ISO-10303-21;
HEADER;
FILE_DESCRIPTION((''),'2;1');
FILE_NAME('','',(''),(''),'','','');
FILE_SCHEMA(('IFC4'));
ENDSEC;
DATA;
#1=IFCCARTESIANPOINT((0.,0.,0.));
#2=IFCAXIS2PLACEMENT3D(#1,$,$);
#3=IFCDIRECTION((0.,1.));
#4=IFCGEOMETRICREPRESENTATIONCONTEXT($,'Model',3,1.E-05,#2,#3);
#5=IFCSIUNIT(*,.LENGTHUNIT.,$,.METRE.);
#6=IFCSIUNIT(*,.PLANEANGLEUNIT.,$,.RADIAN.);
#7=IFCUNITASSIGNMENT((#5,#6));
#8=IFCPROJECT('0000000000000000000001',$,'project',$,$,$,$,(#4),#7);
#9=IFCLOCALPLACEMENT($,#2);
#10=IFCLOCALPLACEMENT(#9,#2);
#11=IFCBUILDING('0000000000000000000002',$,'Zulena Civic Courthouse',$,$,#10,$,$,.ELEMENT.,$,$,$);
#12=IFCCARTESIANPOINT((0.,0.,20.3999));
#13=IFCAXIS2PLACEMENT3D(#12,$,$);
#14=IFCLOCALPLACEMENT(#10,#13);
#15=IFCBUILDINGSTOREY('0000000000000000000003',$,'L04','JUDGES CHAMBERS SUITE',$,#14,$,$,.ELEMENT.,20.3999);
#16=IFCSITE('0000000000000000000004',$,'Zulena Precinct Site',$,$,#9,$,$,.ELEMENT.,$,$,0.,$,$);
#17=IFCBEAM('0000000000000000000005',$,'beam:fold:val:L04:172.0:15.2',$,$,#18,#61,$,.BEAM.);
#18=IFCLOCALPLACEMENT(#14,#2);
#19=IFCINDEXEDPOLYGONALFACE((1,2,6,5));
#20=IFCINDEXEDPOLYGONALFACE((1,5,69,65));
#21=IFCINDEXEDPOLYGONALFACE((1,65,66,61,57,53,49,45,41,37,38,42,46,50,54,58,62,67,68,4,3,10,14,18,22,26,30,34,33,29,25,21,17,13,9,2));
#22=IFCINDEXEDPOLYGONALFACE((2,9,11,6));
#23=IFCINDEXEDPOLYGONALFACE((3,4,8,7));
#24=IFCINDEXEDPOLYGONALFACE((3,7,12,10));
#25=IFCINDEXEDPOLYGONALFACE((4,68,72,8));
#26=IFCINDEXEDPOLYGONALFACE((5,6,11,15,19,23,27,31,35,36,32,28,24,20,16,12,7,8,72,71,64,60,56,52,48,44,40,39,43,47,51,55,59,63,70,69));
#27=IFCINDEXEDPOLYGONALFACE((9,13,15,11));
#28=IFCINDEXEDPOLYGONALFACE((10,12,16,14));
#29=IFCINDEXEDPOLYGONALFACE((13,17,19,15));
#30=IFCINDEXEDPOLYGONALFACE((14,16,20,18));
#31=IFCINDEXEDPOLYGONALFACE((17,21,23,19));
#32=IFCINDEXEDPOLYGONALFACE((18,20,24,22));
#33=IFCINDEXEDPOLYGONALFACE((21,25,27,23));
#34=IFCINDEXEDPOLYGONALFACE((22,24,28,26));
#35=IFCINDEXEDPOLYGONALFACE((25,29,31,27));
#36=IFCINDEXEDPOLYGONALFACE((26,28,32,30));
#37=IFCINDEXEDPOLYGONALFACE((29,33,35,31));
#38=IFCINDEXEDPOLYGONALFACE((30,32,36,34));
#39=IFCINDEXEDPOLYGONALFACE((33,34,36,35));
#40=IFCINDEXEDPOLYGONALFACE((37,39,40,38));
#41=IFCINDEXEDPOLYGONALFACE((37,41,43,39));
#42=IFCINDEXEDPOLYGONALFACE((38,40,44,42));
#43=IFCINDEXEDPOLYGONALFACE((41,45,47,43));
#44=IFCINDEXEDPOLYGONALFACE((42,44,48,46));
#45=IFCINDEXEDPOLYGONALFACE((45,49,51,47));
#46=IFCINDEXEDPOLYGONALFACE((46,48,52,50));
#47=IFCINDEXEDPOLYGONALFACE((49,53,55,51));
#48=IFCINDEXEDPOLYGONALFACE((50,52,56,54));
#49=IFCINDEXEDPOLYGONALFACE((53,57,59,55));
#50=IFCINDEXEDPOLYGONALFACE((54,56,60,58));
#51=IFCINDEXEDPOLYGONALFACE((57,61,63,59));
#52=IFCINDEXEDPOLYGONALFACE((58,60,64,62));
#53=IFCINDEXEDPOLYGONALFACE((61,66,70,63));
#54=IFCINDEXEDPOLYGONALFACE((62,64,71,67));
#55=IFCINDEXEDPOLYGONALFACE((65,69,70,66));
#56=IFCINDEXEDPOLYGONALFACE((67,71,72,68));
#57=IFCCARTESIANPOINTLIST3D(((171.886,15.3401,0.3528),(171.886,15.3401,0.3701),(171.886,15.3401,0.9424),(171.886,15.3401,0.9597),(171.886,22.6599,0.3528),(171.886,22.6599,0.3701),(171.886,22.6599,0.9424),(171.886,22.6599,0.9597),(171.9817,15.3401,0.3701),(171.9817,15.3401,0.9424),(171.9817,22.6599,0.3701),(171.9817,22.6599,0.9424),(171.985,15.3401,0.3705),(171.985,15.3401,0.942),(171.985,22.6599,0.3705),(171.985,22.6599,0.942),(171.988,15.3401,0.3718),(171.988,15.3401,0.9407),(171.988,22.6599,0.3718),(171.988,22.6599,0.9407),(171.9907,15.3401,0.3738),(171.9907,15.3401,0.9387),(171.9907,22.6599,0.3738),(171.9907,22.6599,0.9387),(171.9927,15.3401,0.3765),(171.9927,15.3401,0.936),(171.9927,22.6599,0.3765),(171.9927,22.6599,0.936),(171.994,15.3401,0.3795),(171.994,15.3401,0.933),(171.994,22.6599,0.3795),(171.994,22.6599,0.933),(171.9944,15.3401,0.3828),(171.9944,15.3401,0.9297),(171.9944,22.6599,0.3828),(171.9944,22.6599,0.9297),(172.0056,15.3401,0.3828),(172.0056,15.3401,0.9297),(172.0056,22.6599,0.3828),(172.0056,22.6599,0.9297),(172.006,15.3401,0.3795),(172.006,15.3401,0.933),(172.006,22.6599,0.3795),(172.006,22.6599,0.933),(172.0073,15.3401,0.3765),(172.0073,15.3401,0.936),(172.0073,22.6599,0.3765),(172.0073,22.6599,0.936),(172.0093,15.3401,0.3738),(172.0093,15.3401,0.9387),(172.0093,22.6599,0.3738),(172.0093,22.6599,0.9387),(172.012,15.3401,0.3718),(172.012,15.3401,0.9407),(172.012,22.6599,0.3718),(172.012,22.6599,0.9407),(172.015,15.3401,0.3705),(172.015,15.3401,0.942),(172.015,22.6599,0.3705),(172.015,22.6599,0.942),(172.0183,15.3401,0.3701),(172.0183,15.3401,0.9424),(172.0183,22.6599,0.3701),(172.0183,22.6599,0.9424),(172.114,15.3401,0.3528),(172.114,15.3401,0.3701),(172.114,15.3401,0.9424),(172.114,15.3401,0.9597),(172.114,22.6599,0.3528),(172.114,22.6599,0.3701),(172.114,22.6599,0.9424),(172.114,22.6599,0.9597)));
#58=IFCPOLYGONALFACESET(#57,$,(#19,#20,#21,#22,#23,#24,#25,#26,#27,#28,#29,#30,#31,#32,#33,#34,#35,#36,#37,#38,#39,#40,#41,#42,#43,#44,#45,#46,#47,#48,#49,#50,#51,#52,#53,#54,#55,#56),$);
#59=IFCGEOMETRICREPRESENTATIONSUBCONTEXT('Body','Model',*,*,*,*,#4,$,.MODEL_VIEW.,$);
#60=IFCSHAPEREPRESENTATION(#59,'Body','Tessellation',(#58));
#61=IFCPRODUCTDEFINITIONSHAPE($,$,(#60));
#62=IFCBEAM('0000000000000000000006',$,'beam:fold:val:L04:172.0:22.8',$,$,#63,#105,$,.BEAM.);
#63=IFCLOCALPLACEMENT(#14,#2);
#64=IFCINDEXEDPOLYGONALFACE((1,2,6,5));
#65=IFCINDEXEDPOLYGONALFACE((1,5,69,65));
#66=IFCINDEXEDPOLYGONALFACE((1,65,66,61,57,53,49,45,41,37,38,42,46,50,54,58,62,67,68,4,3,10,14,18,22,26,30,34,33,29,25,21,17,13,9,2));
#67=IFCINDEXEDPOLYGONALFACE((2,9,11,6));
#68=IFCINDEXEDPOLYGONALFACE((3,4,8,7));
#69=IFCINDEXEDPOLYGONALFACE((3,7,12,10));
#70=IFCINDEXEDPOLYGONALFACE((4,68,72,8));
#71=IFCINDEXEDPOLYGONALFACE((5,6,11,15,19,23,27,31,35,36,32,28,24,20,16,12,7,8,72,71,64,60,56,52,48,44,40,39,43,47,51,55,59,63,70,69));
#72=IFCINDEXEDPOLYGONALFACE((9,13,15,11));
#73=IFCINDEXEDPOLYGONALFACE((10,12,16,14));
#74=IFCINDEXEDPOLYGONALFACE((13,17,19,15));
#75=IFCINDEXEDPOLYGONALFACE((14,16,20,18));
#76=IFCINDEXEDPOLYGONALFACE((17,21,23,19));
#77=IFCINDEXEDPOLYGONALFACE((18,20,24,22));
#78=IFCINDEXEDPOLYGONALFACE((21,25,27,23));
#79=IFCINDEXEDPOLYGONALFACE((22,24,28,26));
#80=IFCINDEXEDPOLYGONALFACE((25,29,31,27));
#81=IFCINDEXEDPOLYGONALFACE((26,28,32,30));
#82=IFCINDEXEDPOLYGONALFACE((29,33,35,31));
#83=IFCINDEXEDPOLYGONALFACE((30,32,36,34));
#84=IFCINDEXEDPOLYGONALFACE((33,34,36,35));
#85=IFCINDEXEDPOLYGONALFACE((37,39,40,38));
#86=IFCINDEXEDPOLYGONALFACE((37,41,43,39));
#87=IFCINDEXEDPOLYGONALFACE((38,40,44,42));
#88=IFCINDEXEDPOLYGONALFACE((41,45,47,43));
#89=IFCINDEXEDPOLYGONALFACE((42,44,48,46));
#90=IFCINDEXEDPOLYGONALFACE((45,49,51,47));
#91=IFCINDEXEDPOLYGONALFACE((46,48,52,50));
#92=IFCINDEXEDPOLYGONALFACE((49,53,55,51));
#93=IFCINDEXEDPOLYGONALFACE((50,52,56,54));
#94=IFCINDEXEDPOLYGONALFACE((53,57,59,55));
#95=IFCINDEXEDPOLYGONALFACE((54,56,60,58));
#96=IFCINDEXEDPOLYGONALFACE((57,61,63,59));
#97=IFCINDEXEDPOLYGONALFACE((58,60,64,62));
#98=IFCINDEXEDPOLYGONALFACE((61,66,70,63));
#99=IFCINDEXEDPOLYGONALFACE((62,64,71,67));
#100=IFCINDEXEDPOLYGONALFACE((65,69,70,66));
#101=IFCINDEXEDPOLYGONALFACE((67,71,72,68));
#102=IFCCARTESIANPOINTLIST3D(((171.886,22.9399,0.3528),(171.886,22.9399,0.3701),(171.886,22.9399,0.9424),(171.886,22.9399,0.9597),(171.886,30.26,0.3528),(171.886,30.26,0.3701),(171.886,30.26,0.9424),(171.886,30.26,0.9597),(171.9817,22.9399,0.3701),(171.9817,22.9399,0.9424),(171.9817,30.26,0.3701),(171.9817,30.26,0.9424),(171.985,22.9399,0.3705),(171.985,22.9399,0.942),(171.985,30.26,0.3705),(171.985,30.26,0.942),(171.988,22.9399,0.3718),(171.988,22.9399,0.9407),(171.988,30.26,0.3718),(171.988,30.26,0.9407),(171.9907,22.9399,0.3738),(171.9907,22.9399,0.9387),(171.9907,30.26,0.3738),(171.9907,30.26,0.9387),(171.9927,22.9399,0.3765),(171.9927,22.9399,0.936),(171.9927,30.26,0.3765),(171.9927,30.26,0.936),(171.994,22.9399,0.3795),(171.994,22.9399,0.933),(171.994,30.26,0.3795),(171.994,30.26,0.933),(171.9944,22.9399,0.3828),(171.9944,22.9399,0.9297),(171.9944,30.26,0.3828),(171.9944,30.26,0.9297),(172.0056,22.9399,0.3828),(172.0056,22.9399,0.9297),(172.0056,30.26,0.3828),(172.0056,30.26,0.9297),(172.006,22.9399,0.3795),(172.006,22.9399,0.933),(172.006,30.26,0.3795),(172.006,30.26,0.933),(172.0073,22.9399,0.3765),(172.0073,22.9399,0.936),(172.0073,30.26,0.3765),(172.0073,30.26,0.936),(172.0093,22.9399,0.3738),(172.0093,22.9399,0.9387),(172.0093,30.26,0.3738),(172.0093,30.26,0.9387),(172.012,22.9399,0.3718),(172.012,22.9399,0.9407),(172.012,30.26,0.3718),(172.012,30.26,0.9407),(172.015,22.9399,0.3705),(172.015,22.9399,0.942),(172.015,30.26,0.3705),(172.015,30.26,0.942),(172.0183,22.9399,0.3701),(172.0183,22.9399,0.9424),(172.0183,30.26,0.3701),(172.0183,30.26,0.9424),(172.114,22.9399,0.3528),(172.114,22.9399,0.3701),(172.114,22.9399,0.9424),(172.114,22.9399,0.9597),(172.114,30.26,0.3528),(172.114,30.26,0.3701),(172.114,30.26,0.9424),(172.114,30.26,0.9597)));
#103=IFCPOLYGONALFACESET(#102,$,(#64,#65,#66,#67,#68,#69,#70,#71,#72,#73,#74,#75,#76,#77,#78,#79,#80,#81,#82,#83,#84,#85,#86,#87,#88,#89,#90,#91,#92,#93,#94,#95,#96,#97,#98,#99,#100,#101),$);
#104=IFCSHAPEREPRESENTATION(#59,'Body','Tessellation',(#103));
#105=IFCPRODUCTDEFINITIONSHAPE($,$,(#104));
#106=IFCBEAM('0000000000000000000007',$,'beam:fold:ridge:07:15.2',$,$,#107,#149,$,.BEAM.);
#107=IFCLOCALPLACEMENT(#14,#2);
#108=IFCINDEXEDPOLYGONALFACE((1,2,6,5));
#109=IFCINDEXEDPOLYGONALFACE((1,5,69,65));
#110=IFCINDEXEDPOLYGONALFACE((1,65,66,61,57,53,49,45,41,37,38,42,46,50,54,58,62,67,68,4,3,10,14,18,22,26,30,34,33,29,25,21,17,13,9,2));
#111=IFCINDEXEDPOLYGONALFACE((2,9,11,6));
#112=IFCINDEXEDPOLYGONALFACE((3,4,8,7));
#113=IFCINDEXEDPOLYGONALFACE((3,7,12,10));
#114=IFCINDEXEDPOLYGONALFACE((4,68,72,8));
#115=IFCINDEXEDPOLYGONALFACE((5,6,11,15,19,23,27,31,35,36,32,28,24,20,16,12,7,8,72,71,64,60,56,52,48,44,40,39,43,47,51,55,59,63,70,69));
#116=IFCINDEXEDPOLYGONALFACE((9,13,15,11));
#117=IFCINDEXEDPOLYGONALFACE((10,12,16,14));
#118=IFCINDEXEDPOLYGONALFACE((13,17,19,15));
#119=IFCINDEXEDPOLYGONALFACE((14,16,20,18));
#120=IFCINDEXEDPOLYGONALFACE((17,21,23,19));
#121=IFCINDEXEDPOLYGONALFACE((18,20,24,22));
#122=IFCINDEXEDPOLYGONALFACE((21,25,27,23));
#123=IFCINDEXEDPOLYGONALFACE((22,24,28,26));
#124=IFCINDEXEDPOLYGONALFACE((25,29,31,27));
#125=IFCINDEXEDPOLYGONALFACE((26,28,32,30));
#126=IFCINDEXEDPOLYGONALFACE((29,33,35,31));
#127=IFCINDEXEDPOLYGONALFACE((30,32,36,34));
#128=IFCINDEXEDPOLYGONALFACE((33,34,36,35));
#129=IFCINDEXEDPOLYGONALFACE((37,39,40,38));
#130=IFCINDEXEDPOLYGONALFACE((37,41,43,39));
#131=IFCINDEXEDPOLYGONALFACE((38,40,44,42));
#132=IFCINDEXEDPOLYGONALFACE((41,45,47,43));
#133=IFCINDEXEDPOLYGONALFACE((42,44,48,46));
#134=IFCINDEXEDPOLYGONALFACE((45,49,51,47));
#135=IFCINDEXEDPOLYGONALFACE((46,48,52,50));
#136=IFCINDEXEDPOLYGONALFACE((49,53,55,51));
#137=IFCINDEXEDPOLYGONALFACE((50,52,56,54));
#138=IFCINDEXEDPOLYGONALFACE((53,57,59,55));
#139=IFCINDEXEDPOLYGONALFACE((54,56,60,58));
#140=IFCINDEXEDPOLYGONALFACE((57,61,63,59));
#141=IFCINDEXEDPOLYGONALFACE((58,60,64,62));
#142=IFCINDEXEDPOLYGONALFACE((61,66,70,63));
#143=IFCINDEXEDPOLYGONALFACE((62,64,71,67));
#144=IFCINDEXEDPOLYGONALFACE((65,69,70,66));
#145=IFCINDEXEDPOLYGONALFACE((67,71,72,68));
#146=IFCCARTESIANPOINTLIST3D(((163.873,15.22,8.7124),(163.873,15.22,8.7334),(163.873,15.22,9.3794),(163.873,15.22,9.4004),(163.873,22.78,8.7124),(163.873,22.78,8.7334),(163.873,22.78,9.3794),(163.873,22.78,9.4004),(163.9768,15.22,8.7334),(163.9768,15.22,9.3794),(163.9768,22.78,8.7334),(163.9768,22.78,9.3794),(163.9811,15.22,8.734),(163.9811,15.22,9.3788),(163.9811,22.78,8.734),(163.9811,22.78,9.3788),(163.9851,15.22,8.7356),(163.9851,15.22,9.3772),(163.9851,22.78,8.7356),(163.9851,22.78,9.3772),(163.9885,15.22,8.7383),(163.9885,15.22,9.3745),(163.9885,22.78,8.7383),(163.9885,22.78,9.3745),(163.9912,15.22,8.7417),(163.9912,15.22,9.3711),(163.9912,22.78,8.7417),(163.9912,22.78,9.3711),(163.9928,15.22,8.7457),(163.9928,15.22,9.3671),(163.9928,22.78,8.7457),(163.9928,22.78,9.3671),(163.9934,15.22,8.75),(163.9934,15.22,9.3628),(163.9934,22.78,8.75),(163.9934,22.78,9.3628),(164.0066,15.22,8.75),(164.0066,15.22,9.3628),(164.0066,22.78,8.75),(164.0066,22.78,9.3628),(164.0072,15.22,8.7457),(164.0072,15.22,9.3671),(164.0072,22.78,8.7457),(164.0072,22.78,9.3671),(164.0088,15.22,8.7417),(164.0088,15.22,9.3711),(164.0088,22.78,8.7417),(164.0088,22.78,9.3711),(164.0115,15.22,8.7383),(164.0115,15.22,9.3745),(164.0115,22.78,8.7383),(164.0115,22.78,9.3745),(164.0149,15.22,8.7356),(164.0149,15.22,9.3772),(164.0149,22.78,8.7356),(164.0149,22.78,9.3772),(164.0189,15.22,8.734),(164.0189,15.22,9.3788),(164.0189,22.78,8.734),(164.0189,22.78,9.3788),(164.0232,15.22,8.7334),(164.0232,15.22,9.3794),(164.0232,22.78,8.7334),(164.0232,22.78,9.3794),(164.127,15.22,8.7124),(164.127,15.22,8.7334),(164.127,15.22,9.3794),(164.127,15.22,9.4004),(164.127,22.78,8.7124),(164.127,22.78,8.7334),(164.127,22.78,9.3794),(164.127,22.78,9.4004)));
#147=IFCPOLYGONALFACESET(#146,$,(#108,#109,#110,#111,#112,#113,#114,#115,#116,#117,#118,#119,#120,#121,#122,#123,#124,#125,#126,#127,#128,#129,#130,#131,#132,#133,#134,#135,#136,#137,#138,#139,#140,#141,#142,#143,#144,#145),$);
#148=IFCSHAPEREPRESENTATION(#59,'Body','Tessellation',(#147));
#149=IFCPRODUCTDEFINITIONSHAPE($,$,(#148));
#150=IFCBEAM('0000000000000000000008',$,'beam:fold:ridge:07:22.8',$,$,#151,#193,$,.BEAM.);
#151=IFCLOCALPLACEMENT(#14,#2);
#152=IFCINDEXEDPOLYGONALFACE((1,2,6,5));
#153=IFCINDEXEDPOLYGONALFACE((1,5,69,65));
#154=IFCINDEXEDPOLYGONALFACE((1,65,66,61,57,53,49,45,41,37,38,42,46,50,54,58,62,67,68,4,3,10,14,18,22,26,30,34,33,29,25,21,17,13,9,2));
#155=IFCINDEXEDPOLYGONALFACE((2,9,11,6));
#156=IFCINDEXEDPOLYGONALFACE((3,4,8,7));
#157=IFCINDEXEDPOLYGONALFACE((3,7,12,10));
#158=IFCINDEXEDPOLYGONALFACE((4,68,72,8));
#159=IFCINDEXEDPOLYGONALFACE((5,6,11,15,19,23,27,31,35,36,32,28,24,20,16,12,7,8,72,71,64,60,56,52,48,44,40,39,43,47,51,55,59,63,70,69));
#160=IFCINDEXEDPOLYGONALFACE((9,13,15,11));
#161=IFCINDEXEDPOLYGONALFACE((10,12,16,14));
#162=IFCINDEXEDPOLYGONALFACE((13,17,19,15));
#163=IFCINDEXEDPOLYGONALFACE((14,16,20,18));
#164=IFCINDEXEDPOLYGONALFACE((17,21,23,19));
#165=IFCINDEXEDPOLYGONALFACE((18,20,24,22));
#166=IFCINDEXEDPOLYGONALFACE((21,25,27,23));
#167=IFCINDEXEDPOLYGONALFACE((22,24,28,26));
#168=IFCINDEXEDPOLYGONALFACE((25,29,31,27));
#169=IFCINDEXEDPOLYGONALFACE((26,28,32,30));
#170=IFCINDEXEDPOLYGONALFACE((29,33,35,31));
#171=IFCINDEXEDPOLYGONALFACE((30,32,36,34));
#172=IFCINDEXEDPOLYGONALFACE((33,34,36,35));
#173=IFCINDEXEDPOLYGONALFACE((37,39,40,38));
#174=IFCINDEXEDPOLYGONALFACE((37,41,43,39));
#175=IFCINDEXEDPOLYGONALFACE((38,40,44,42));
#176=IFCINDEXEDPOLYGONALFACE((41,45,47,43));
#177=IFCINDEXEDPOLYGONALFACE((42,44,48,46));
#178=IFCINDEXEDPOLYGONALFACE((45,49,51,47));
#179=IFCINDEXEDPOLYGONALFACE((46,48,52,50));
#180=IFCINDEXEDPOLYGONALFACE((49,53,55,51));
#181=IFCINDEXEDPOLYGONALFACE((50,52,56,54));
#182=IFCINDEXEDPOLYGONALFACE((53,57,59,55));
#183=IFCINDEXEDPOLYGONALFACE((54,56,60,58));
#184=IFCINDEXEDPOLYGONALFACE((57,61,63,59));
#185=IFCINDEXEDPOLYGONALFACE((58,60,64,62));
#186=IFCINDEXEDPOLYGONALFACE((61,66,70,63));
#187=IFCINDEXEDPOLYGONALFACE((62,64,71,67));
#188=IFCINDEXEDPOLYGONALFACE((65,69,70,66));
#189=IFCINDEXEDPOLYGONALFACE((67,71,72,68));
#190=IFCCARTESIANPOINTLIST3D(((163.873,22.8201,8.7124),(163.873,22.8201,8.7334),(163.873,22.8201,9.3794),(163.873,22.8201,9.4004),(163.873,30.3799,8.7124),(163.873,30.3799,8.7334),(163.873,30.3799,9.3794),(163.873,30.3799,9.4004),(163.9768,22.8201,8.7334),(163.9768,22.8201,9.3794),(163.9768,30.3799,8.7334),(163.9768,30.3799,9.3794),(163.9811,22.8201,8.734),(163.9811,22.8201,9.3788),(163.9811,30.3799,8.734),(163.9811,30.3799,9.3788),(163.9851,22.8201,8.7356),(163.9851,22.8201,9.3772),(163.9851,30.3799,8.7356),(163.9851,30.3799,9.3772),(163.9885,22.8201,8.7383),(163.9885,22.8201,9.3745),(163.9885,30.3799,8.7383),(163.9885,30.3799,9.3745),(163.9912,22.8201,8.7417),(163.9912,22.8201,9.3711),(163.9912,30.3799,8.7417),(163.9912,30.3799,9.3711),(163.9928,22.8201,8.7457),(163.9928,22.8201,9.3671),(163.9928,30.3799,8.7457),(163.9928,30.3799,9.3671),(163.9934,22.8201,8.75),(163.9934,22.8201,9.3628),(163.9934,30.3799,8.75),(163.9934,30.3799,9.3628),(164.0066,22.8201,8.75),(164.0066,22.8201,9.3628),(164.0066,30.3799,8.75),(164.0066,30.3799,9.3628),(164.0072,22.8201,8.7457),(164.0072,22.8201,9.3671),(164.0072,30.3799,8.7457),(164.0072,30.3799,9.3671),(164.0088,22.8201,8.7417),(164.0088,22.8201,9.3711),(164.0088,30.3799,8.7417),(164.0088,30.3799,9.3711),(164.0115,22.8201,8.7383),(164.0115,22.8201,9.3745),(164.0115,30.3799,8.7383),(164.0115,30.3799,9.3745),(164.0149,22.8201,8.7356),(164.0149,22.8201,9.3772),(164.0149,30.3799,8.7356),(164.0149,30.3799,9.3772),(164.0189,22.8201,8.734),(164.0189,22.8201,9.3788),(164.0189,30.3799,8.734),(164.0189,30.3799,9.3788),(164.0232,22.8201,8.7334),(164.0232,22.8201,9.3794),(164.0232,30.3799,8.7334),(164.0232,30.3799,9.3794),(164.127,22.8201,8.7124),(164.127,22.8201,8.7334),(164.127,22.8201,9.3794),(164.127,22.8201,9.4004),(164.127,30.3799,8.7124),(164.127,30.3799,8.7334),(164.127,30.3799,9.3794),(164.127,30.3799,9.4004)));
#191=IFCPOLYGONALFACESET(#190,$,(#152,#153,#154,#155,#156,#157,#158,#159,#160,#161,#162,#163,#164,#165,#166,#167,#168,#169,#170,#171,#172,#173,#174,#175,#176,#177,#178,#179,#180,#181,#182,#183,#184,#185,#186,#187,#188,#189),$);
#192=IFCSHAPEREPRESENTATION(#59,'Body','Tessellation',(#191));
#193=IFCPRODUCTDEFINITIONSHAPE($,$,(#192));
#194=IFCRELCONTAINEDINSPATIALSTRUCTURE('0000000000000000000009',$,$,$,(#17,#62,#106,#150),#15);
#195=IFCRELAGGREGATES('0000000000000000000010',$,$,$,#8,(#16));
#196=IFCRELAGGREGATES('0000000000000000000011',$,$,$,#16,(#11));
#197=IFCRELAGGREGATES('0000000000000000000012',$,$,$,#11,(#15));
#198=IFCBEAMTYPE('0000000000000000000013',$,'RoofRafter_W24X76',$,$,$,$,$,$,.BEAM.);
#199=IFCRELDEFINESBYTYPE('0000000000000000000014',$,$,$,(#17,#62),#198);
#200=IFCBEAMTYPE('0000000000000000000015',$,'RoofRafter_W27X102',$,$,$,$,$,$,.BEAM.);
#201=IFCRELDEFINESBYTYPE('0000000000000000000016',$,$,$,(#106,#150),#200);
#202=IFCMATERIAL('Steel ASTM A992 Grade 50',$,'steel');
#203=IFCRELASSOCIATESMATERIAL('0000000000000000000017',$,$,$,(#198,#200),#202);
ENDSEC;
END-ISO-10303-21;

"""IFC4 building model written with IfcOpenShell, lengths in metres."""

from ifc_helpers import new_model, si_unit, direction, frame, origin, origin_2d, place, context, subcontext, project, spatial, i_section, extrude, material, material_profile, profile_set, type_object, element, save


model = new_model("IFC4")

# Units and contexts
model_context = context("Model", 3, precision=1e-05, world=origin(), true_north=direction((0.0, 1.0)))
body_context = subcontext(model_context, "Body", "Model", "MODEL_VIEW")
ifc_project = project(units=[si_unit("LENGTHUNIT", "METRE"), si_unit("PLANEANGLEUNIT", "RADIAN")], contexts=[model_context])

# Site, building, storey
site_placement = place(None, origin())
site = spatial("IfcSite", under=ifc_project, at=site_placement, Name="Zulena Precinct Site", CompositionType="ELEMENT", RefElevation=0.0)
building_placement = place(site_placement, origin())
building = spatial("IfcBuilding", under=site, at=building_placement, Name="Zulena Civic Courthouse", CompositionType="ELEMENT")
storey_placement = place(building_placement, frame((0.0, 0.0, 20.3999)))
storey = spatial("IfcBuildingStorey", under=building, at=storey_placement, Name="L04", Description="JUDGES CHAMBERS SUITE", CompositionType="ELEMENT", Elevation=20.3999)

# Shared definitions
ifc_material_1 = material(Name="Steel ASTM A992 Grade 50", Category="steel")

# Beams
ifc_material_profile_1 = material_profile(ifc_material_1, i_section(OverallWidth=0.228, OverallDepth=0.6069, WebThickness=0.0112, FlangeThickness=0.0173, FilletRadius=0.0127, at=origin_2d()), Name="W24X76")
ifc_profile_set_1 = profile_set([ifc_material_profile_1], Name="Steel ASTM A992 Grade 50")
beam_type_1 = type_object("IfcBeamType", Name="RoofRafter_W24X76", PredefinedType="BEAM", material=ifc_profile_set_1)
beam_1_placement = place(storey_placement, frame((172.0, 15.3401, 0.6562), z_axis=(0.0, 1.0, 0.0), x_axis=(-1.0, 0.0, 0.0)))
element("IfcBeam", 1, at=beam_1_placement, inside=storey, type_object=beam_type_1, Name="beam:fold:val:L04:172.0:15.2", PredefinedType="BEAM", context=body_context, shape_type="SweptSolid", body=[
    extrude(i_section(OverallWidth=0.228, OverallDepth=0.6069, WebThickness=0.0112, FlangeThickness=0.0173, FilletRadius=0.0127, at=origin_2d()), origin(), (0.0, 0.0, 1.0), 7.3198),
])
beam_2_placement = place(storey_placement, frame((172.0, 22.9399, 0.6562), z_axis=(0.0, 1.0, 0.0), x_axis=(-1.0, 0.0, 0.0)))
element("IfcBeam", 2, at=beam_2_placement, inside=storey, type_object=beam_type_1, Name="beam:fold:val:L04:172.0:22.8", PredefinedType="BEAM", context=body_context, shape_type="SweptSolid", body=[
    extrude(i_section(OverallWidth=0.228, OverallDepth=0.6069, WebThickness=0.0112, FlangeThickness=0.0173, FilletRadius=0.0127, at=origin_2d()), origin(), (0.0, 0.0, 1.0), 7.3201),
])
ifc_material_profile_2 = material_profile(ifc_material_1, i_section(OverallWidth=0.2539, OverallDepth=0.688, WebThickness=0.0132, FlangeThickness=0.021, FilletRadius=0.0166, at=origin_2d()), Name="W27X102")
ifc_profile_set_2 = profile_set([ifc_material_profile_2], Name="Steel ASTM A992 Grade 50")
beam_type_2 = type_object("IfcBeamType", Name="RoofRafter_W27X102", PredefinedType="BEAM", material=ifc_profile_set_2)
beam_3_placement = place(storey_placement, frame((164.0, 15.22, 9.0564), z_axis=(0.0, 1.0, 0.0), x_axis=(-1.0, 0.0, 0.0)))
element("IfcBeam", 3, at=beam_3_placement, inside=storey, type_object=beam_type_2, Name="beam:fold:ridge:07:15.2", PredefinedType="BEAM", context=body_context, shape_type="SweptSolid", body=[
    extrude(i_section(OverallWidth=0.2539, OverallDepth=0.688, WebThickness=0.0132, FlangeThickness=0.021, FilletRadius=0.0166, at=origin_2d()), origin(), (0.0, 0.0, 1.0), 7.5601),
])
beam_4_placement = place(storey_placement, frame((164.0, 22.8201, 9.0564), z_axis=(0.0, 1.0, 0.0), x_axis=(-1.0, 0.0, 0.0)))
element("IfcBeam", 4, at=beam_4_placement, inside=storey, type_object=beam_type_2, Name="beam:fold:ridge:07:22.8", PredefinedType="BEAM", context=body_context, shape_type="SweptSolid", body=[
    extrude(i_section(OverallWidth=0.2539, OverallDepth=0.688, WebThickness=0.0132, FlangeThickness=0.021, FilletRadius=0.0166, at=origin_2d()), origin(), (0.0, 0.0, 1.0), 7.5598),
])

save(model, "model.ifc")
